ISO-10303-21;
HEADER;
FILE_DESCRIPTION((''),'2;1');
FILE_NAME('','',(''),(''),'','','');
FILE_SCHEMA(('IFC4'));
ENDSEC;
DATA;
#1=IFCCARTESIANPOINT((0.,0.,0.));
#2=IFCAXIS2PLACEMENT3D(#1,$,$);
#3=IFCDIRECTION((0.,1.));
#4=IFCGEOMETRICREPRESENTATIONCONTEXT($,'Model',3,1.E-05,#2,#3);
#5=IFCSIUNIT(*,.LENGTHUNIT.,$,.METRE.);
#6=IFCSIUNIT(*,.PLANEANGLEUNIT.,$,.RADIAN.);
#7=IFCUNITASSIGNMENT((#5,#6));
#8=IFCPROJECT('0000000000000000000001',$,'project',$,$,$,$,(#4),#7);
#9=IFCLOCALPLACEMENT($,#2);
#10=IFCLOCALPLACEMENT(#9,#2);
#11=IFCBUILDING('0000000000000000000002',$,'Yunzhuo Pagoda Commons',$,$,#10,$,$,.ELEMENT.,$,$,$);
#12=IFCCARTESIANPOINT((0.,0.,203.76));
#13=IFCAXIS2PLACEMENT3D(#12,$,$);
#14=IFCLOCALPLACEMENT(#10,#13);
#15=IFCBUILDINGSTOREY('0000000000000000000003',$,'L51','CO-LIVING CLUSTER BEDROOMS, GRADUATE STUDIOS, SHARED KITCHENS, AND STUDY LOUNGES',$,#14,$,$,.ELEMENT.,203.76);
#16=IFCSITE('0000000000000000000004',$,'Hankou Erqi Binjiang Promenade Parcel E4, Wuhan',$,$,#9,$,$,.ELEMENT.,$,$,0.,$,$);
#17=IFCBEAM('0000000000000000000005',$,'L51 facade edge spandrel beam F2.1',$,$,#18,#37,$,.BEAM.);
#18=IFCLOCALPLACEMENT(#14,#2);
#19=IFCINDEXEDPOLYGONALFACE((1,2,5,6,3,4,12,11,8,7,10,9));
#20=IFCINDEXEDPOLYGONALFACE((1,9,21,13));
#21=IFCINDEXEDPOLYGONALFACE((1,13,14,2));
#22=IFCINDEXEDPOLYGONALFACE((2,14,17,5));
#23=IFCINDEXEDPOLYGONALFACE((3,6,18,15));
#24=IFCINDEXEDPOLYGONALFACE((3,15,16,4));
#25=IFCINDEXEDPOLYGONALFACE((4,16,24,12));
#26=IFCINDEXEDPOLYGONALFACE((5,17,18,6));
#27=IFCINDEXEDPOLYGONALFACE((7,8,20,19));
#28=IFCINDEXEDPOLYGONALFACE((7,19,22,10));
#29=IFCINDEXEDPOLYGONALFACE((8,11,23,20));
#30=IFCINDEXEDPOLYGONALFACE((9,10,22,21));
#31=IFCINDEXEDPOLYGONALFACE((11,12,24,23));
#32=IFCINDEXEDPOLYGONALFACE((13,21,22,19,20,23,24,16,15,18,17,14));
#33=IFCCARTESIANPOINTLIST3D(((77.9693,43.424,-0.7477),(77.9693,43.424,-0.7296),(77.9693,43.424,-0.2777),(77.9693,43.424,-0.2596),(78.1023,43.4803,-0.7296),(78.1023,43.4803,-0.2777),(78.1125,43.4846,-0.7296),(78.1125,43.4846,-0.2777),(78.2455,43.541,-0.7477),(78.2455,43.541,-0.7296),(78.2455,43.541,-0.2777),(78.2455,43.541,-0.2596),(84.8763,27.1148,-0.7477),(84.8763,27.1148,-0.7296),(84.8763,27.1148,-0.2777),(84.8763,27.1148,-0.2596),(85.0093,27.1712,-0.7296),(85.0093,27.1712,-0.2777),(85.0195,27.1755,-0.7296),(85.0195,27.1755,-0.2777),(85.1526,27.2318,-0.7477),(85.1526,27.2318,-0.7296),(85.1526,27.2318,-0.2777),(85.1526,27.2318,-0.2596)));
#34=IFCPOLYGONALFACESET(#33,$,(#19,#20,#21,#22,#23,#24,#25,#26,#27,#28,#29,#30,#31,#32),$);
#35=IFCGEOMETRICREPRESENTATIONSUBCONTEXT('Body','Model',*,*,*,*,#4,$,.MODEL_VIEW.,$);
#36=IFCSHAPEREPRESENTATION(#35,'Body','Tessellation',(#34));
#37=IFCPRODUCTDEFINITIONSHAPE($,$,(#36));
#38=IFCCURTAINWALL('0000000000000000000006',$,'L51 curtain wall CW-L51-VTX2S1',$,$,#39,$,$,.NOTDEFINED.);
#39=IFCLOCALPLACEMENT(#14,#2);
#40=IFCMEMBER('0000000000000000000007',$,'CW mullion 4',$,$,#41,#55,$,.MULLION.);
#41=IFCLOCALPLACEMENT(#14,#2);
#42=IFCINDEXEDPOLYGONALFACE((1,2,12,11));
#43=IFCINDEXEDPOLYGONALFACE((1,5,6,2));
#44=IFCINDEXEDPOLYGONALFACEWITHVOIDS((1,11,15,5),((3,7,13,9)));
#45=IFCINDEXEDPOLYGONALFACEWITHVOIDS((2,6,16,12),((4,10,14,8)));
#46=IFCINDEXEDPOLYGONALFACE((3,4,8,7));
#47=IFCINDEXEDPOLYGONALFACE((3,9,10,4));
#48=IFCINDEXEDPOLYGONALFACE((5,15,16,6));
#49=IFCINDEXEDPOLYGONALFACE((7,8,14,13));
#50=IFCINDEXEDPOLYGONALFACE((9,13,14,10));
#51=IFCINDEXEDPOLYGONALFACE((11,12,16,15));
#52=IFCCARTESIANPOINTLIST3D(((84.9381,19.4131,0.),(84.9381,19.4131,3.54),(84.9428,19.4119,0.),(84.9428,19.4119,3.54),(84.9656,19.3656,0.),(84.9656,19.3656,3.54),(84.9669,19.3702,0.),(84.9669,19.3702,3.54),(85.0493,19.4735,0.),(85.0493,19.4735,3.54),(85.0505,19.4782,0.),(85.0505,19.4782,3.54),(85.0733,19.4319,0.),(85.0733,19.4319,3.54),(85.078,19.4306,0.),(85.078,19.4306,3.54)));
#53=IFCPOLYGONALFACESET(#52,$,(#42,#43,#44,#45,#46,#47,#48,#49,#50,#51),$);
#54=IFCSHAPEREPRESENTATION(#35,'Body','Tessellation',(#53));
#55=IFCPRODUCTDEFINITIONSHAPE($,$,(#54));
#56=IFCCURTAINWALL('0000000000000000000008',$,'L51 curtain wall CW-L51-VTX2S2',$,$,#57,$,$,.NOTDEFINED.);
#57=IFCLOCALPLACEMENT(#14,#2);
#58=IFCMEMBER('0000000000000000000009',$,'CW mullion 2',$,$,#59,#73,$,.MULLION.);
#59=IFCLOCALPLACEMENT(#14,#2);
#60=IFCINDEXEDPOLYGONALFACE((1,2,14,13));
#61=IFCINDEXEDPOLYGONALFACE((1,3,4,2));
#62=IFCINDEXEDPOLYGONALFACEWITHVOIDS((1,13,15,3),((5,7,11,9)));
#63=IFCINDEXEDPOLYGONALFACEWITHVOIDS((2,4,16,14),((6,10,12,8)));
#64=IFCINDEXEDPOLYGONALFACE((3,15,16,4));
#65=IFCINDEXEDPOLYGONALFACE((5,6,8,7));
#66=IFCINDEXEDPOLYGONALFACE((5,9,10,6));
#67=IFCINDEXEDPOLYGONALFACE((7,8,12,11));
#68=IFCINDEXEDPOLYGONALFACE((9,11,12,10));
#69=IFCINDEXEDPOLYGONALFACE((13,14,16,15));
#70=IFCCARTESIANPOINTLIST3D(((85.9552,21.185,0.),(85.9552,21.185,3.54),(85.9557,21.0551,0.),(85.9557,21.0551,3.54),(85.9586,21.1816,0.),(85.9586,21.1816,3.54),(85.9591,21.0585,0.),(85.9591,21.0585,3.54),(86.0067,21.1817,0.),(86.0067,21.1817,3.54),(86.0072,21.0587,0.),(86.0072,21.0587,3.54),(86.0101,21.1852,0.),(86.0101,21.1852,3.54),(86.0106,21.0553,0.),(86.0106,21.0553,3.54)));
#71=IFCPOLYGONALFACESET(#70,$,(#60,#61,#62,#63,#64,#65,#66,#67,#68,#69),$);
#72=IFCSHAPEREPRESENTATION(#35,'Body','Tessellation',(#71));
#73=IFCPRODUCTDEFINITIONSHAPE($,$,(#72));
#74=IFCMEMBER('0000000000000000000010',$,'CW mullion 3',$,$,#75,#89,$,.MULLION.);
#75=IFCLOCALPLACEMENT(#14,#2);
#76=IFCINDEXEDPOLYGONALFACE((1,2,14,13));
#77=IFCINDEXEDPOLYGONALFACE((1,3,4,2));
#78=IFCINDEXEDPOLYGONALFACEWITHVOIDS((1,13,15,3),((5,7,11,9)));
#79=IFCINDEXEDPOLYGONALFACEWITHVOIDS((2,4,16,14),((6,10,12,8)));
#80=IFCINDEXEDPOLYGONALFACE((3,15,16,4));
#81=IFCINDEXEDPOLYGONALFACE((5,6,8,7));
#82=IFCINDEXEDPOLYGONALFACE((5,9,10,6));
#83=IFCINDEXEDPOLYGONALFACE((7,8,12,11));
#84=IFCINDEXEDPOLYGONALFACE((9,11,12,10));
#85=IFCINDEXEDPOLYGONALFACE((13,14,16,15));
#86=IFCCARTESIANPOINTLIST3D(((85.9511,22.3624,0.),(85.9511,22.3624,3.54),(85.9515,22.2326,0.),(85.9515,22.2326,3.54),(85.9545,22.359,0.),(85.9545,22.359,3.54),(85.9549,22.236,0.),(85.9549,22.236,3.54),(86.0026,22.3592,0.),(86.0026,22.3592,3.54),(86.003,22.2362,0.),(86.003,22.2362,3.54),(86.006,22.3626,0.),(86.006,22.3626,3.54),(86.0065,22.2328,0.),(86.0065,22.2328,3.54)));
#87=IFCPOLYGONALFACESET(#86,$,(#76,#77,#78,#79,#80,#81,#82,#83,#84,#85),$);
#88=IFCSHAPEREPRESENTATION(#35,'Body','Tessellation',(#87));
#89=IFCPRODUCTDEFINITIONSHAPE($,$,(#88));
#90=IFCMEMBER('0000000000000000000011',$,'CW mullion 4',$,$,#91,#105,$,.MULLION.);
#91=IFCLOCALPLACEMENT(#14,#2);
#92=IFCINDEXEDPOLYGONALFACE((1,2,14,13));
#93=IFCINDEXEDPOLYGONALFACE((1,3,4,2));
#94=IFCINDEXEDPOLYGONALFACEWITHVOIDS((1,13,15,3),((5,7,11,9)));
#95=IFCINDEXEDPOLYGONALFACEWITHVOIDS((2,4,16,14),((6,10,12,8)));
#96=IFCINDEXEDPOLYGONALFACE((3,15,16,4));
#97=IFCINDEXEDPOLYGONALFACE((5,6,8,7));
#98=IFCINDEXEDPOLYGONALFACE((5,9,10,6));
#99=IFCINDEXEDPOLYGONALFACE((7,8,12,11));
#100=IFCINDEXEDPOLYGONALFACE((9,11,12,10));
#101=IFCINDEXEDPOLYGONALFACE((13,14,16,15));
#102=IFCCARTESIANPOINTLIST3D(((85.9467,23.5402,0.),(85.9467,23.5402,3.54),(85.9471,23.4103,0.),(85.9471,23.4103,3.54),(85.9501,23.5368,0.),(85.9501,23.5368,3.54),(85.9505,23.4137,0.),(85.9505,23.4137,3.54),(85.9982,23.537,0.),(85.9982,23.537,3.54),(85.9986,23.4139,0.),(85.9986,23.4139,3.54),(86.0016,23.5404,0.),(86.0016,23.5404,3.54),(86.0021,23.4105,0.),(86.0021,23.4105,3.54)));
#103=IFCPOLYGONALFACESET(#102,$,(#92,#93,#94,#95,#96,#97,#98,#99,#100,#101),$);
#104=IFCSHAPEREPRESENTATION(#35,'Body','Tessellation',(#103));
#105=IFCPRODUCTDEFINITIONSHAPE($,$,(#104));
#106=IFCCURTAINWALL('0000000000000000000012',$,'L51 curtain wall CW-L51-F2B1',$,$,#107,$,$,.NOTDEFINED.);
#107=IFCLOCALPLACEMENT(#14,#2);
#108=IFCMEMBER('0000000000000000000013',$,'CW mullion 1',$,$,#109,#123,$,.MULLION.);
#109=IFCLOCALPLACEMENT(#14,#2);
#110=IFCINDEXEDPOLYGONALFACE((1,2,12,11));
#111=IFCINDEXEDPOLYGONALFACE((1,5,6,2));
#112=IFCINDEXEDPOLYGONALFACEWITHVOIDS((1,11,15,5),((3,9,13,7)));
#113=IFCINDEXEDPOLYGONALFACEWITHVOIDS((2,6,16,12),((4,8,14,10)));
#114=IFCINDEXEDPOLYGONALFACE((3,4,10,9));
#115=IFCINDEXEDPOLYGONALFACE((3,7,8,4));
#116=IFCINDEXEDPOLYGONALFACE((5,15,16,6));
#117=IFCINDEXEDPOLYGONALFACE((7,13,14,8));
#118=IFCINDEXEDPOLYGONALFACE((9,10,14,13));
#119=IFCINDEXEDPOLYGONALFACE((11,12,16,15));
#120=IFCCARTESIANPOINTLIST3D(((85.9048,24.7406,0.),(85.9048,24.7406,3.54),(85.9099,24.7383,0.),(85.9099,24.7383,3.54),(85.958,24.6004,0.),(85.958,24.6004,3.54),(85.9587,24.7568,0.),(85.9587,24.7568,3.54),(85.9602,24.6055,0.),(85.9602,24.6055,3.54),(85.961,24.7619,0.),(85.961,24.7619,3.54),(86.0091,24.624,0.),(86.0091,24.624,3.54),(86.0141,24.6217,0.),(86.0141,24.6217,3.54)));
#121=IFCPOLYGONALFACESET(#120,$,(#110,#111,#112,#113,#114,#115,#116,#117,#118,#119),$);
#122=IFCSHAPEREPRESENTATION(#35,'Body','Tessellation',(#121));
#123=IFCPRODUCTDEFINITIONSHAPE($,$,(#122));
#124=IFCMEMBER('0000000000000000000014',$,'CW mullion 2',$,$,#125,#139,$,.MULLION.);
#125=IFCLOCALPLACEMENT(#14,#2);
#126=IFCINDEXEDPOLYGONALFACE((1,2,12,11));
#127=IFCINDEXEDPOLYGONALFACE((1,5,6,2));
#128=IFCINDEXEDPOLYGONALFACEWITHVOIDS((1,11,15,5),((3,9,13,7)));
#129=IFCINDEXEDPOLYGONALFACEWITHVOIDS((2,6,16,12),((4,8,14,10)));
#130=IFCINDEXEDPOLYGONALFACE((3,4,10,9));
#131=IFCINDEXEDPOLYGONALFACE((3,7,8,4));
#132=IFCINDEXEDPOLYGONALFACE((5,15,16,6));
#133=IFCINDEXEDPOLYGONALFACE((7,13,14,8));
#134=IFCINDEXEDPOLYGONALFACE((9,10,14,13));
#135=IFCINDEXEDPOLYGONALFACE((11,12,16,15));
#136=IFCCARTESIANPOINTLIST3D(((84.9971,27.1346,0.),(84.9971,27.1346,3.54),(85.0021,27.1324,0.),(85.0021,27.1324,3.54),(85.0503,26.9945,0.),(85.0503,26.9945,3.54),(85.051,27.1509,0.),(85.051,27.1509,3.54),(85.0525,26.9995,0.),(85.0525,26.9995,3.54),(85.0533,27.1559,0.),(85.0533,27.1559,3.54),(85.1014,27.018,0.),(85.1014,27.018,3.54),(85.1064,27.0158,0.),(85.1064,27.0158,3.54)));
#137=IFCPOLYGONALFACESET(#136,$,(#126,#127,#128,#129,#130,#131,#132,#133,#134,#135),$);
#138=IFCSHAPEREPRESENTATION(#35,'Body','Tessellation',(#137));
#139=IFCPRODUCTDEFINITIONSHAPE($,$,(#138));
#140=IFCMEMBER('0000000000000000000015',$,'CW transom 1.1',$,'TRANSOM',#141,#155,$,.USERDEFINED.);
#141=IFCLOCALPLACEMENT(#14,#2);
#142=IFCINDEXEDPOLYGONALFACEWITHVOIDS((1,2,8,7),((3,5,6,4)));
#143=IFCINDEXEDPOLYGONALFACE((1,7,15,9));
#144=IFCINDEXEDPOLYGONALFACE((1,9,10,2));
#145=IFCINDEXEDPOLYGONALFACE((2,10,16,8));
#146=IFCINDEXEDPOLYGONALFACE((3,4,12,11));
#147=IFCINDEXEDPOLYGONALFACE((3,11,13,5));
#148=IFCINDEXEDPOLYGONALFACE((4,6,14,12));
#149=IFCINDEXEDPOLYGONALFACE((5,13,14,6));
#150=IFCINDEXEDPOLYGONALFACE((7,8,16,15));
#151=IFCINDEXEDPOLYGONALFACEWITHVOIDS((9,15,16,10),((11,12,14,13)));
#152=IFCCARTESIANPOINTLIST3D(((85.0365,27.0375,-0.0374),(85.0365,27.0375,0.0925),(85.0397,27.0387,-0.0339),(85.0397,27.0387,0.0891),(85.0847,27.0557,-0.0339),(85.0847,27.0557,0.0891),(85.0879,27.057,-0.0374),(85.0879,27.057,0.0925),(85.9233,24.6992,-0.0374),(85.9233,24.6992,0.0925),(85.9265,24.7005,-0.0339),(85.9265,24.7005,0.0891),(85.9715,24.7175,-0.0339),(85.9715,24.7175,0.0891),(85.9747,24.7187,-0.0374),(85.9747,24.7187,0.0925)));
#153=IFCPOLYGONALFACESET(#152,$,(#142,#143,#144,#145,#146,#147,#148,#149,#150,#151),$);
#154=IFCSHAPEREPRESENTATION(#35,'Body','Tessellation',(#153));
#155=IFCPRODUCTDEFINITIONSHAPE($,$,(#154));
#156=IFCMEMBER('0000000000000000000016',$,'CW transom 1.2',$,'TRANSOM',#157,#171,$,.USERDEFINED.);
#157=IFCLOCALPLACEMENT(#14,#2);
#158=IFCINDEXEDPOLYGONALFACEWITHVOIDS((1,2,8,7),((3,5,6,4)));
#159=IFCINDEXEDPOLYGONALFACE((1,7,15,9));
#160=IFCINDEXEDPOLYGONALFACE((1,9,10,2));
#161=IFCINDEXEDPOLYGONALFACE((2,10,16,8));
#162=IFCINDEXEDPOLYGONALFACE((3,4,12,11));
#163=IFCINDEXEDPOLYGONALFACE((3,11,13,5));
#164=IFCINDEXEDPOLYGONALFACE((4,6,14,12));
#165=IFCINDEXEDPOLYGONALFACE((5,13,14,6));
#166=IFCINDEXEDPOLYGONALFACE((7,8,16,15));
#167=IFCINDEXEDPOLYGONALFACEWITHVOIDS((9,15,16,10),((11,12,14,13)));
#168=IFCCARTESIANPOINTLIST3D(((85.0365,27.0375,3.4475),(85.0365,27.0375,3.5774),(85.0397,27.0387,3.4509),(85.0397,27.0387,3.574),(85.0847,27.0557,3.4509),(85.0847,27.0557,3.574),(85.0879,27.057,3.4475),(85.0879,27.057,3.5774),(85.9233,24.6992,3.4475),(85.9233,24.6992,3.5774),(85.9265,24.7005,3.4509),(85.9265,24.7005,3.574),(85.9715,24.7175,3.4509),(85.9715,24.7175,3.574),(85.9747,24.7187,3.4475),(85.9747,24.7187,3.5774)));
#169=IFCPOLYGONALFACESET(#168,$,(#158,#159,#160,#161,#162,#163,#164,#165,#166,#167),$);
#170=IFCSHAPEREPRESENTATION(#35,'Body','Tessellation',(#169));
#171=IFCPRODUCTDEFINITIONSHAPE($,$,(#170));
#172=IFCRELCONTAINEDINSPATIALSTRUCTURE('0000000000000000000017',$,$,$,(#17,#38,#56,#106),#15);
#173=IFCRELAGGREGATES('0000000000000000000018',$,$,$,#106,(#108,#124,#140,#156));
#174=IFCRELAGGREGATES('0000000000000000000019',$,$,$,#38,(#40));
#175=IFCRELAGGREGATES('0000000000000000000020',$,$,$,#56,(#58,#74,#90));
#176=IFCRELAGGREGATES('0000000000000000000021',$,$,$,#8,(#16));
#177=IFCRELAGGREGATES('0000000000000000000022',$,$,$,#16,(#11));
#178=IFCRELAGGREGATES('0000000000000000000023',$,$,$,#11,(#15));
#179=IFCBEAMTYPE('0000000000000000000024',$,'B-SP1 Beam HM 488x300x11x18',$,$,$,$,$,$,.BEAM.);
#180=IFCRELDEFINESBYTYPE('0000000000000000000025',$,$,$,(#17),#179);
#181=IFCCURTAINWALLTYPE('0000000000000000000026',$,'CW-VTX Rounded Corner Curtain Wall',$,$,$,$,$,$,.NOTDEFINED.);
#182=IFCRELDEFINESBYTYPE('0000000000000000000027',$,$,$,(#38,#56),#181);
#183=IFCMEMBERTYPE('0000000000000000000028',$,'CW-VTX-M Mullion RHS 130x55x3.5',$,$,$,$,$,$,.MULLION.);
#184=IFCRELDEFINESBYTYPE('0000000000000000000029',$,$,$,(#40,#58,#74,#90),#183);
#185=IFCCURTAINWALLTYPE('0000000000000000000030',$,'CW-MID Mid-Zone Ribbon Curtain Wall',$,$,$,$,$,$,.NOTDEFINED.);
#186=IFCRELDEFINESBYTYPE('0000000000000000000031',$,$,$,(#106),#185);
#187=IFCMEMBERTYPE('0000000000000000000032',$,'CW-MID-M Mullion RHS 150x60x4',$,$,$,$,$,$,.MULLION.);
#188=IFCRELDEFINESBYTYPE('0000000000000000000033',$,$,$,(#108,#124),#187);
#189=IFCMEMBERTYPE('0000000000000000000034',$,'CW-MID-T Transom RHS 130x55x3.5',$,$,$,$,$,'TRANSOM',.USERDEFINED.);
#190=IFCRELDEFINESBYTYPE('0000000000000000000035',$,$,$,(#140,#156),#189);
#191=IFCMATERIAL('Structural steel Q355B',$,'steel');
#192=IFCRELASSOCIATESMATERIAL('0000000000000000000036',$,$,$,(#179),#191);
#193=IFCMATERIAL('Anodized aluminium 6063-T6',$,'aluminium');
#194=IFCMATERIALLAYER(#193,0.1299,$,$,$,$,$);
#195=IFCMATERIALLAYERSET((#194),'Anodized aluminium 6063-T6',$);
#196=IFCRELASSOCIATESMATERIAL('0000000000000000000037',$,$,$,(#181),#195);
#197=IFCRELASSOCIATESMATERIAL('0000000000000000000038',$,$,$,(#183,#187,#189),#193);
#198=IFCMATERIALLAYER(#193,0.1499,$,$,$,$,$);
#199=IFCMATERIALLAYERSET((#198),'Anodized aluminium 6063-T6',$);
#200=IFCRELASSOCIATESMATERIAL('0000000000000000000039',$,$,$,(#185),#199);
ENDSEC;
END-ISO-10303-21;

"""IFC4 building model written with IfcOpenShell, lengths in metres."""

from ifc_helpers import new_model, si_unit, direction, frame, origin, origin_2d, place, context, subcontext, project, spatial, hollow_rectangle, i_section, extrude, source, transform, mapped, material, layer, layer_set, material_profile, profile_set, type_object, element, aggregate, save


model = new_model("IFC4")

# Units and contexts
model_context = context("Model", 3, precision=1e-05, world=origin(), true_north=direction((0.0, 1.0)))
body_context = subcontext(model_context, "Body", "Model", "MODEL_VIEW")
ifc_project = project(units=[si_unit("LENGTHUNIT", "METRE"), si_unit("PLANEANGLEUNIT", "RADIAN")], contexts=[model_context])

# Site, building, storey
site_placement = place(None, origin())
site = spatial("IfcSite", under=ifc_project, at=site_placement, Name="Hankou Erqi Binjiang Promenade Parcel E4, Wuhan", CompositionType="ELEMENT", RefElevation=0.0)
building_placement = place(site_placement, origin())
building = spatial("IfcBuilding", under=site, at=building_placement, Name="Yunzhuo Pagoda Commons", CompositionType="ELEMENT")
storey_placement = place(building_placement, frame((0.0, 0.0, 203.76)))
storey = spatial("IfcBuildingStorey", under=building, at=storey_placement, Name="L51", Description="CO-LIVING CLUSTER BEDROOMS, GRADUATE STUDIOS, SHARED KITCHENS, AND STUDY LOUNGES", CompositionType="ELEMENT", Elevation=203.76)

# Beam
ifc_material_1 = material(Name="Structural steel Q355B", Category="steel")
ifc_material_profile_1 = material_profile(ifc_material_1, i_section(OverallWidth=0.3, OverallDepth=0.488, WebThickness=0.011, FlangeThickness=0.0181, at=origin_2d()), Name="Structural steel Q355B")
ifc_profile_set_1 = profile_set([ifc_material_profile_1], Name="Structural steel Q355B")
beam_type = type_object("IfcBeamType", Name="B-SP1 Beam HM 488x300x11x18", PredefinedType="BEAM", material=ifc_profile_set_1)
shared_shape_1 = source(origin(), body_context, "Body", "SweptSolid", [
    extrude(i_section(OverallWidth=0.3, OverallDepth=0.488, WebThickness=0.011, FlangeThickness=0.0181, at=origin_2d()), origin(), (0.0, 0.0, 1.0), 17.7114),
])
beam_placement = place(storey_placement, frame((85.0144, 27.1733, -0.5037), z_axis=(-0.389975, 0.920826, 0.0), x_axis=(-0.920826, -0.389975, 0.0)))
element("IfcBeam", 1, at=beam_placement, inside=storey, type_object=beam_type, Name="L51 facade edge spandrel beam F2.1", PredefinedType="BEAM", context=body_context, shape_type="MappedRepresentation", body=[
    mapped(shared_shape_1, transform((0.0, 0.0, 0.0), scale=1.0)),
])

# Curtain wall, member
ifc_material_2 = material(Name="Anodized aluminium 6063-T6", Category="aluminium")
ifc_layer_1 = layer(ifc_material_2, 0.1299)
ifc_layer_set_1 = layer_set([ifc_layer_1], Name="Anodized aluminium 6063-T6")
curtain_wall_type_1 = type_object("IfcCurtainWallType", Name="CW-VTX Rounded Corner Curtain Wall", PredefinedType="NOTDEFINED", material=ifc_layer_set_1)
curtain_wall_1_placement = place(storey_placement, origin())
curtain_wall_1 = element("IfcCurtainWall", 2, at=curtain_wall_1_placement, inside=storey, type_object=curtain_wall_type_1, Name="L51 curtain wall CW-L51-VTX2S1", PredefinedType="NOTDEFINED")
ifc_material_profile_2 = material_profile(ifc_material_2, hollow_rectangle(XDim=0.0549, YDim=0.1299, WallThickness=0.0034, at=origin_2d()), Name="Anodized aluminium 6063-T6")
ifc_profile_set_2 = profile_set([ifc_material_profile_2], Name="Anodized aluminium 6063-T6")
member_type_1 = type_object("IfcMemberType", Name="CW-VTX-M Mullion RHS 130x55x3.5", PredefinedType="MULLION", material=ifc_profile_set_2)
shared_shape_2 = source(origin(), body_context, "Body", "SweptSolid", [
    extrude(hollow_rectangle(XDim=0.0549, YDim=0.1299, WallThickness=0.0034, at=origin_2d()), origin(), (0.0, 0.0, 1.0), 3.54),
])
member_1_placement = place(storey_placement, frame((85.0081, 19.4219, 0.0), z_axis=(0.0, 0.0, 1.0), x_axis=(-0.501037, 0.865426, 0.0)))
member_1 = element("IfcMember", 3, at=member_1_placement, type_object=member_type_1, Name="CW mullion 4", PredefinedType="MULLION", context=body_context, shape_type="MappedRepresentation", body=[
    mapped(shared_shape_2, transform((0.0, 0.0, 0.0), scale=1.0)),
])

# Curtain walls, members
curtain_wall_2_placement = place(storey_placement, origin())
curtain_wall_2 = element("IfcCurtainWall", 4, at=curtain_wall_2_placement, inside=storey, type_object=curtain_wall_type_1, Name="L51 curtain wall CW-L51-VTX2S2", PredefinedType="NOTDEFINED")
member_2_placement = place(storey_placement, frame((85.9829, 21.1201, 0.0), z_axis=(0.0, 0.0, 1.0), x_axis=(-0.999994, -0.003588, 0.0)))
member_2 = element("IfcMember", 5, at=member_2_placement, type_object=member_type_1, Name="CW mullion 2", PredefinedType="MULLION", context=body_context, shape_type="MappedRepresentation", body=[
    mapped(shared_shape_2, transform((0.0, 0.0, 0.0), scale=1.0)),
])
member_3_placement = place(storey_placement, frame((85.9788, 22.2976, 0.0), z_axis=(0.0, 0.0, 1.0), x_axis=(-0.999994, -0.003588, 0.0)))
member_3 = element("IfcMember", 6, at=member_3_placement, type_object=member_type_1, Name="CW mullion 3", PredefinedType="MULLION", context=body_context, shape_type="MappedRepresentation", body=[
    mapped(shared_shape_2, transform((0.0, 0.0, 0.0), scale=1.0)),
])
member_4_placement = place(storey_placement, frame((85.9744, 23.4753, 0.0), z_axis=(0.0, 0.0, 1.0), x_axis=(-0.999994, -0.003588, 0.0)))
member_4 = element("IfcMember", 7, at=member_4_placement, type_object=member_type_1, Name="CW mullion 4", PredefinedType="MULLION", context=body_context, shape_type="MappedRepresentation", body=[
    mapped(shared_shape_2, transform((0.0, 0.0, 0.0), scale=1.0)),
])
ifc_layer_2 = layer(ifc_material_2, 0.1499)
ifc_layer_set_2 = layer_set([ifc_layer_2], Name="Anodized aluminium 6063-T6")
curtain_wall_type_2 = type_object("IfcCurtainWallType", Name="CW-MID Mid-Zone Ribbon Curtain Wall", PredefinedType="NOTDEFINED", material=ifc_layer_set_2)
curtain_wall_3_placement = place(storey_placement, origin())
curtain_wall_3 = element("IfcCurtainWall", 8, at=curtain_wall_3_placement, inside=storey, type_object=curtain_wall_type_2, Name="L51 curtain wall CW-L51-F2B1", PredefinedType="NOTDEFINED")
ifc_material_profile_3 = material_profile(ifc_material_2, hollow_rectangle(XDim=0.0601, YDim=0.1499, WallThickness=0.0039, at=origin_2d()), Name="Anodized aluminium 6063-T6")
ifc_profile_set_3 = profile_set([ifc_material_profile_3], Name="Anodized aluminium 6063-T6")
member_type_2 = type_object("IfcMemberType", Name="CW-MID-M Mullion RHS 150x60x4", PredefinedType="MULLION", material=ifc_profile_set_3)
shared_shape_3 = source(origin(), body_context, "Body", "SweptSolid", [
    extrude(hollow_rectangle(XDim=0.0601, YDim=0.1499, WallThickness=0.0039, at=origin_2d()), origin(), (0.0, 0.0, 1.0), 3.54),
])
member_5_placement = place(storey_placement, frame((85.9595, 24.6812, 0.0), z_axis=(0.0, 0.0, 1.0), x_axis=(-0.935034, -0.354559, 0.0)))
member_5 = element("IfcMember", 9, at=member_5_placement, type_object=member_type_2, Name="CW mullion 1", PredefinedType="MULLION", context=body_context, shape_type="MappedRepresentation", body=[
    mapped(shared_shape_3, transform((0.0, 0.0, 0.0), scale=1.0)),
])
member_6_placement = place(storey_placement, frame((85.0518, 27.0752, 0.0), z_axis=(0.0, 0.0, 1.0), x_axis=(-0.935034, -0.354559, 0.0)))
member_6 = element("IfcMember", 10, at=member_6_placement, type_object=member_type_2, Name="CW mullion 2", PredefinedType="MULLION", context=body_context, shape_type="MappedRepresentation", body=[
    mapped(shared_shape_3, transform((0.0, 0.0, 0.0), scale=1.0)),
])
ifc_material_profile_4 = material_profile(ifc_material_2, hollow_rectangle(XDim=0.0549, YDim=0.1299, WallThickness=0.0034, at=origin_2d()), Name="Anodized aluminium 6063-T6")
ifc_profile_set_4 = profile_set([ifc_material_profile_4], Name="Anodized aluminium 6063-T6")
member_type_3 = type_object("IfcMemberType", Name="CW-MID-T Transom RHS 130x55x3.5", ElementType="TRANSOM", PredefinedType="USERDEFINED", material=ifc_profile_set_4)
shared_shape_4 = source(origin(), body_context, "Body", "SweptSolid", [
    extrude(hollow_rectangle(XDim=0.0549, YDim=0.1299, WallThickness=0.0034, at=origin_2d()), origin(), (0.0, 0.0, 1.0), 2.5007),
])
member_7_placement = place(storey_placement, frame((85.949, 24.709, 0.0276), z_axis=(-0.354598, 0.935019, 0.0), x_axis=(-0.935019, -0.354598, 0.0)))
member_7 = element("IfcMember", 11, at=member_7_placement, type_object=member_type_3, Name="CW transom 1.1", ObjectType="TRANSOM", PredefinedType="USERDEFINED", context=body_context, shape_type="MappedRepresentation", body=[
    mapped(shared_shape_4, transform((0.0, 0.0, 0.0), scale=1.0)),
])
member_8_placement = place(storey_placement, frame((85.949, 24.709, 3.5125), z_axis=(-0.354598, 0.935019, 0.0), x_axis=(-0.935019, -0.354598, 0.0)))
member_8 = element("IfcMember", 12, at=member_8_placement, type_object=member_type_3, Name="CW transom 1.2", ObjectType="TRANSOM", PredefinedType="USERDEFINED", context=body_context, shape_type="MappedRepresentation", body=[
    mapped(shared_shape_4, transform((0.0, 0.0, 0.0), scale=1.0)),
])

aggregate(curtain_wall_3, [member_5, member_6, member_7, member_8])
aggregate(curtain_wall_1, [member_1])
aggregate(curtain_wall_2, [member_2, member_3, member_4])

save(model, "model.ifc")
